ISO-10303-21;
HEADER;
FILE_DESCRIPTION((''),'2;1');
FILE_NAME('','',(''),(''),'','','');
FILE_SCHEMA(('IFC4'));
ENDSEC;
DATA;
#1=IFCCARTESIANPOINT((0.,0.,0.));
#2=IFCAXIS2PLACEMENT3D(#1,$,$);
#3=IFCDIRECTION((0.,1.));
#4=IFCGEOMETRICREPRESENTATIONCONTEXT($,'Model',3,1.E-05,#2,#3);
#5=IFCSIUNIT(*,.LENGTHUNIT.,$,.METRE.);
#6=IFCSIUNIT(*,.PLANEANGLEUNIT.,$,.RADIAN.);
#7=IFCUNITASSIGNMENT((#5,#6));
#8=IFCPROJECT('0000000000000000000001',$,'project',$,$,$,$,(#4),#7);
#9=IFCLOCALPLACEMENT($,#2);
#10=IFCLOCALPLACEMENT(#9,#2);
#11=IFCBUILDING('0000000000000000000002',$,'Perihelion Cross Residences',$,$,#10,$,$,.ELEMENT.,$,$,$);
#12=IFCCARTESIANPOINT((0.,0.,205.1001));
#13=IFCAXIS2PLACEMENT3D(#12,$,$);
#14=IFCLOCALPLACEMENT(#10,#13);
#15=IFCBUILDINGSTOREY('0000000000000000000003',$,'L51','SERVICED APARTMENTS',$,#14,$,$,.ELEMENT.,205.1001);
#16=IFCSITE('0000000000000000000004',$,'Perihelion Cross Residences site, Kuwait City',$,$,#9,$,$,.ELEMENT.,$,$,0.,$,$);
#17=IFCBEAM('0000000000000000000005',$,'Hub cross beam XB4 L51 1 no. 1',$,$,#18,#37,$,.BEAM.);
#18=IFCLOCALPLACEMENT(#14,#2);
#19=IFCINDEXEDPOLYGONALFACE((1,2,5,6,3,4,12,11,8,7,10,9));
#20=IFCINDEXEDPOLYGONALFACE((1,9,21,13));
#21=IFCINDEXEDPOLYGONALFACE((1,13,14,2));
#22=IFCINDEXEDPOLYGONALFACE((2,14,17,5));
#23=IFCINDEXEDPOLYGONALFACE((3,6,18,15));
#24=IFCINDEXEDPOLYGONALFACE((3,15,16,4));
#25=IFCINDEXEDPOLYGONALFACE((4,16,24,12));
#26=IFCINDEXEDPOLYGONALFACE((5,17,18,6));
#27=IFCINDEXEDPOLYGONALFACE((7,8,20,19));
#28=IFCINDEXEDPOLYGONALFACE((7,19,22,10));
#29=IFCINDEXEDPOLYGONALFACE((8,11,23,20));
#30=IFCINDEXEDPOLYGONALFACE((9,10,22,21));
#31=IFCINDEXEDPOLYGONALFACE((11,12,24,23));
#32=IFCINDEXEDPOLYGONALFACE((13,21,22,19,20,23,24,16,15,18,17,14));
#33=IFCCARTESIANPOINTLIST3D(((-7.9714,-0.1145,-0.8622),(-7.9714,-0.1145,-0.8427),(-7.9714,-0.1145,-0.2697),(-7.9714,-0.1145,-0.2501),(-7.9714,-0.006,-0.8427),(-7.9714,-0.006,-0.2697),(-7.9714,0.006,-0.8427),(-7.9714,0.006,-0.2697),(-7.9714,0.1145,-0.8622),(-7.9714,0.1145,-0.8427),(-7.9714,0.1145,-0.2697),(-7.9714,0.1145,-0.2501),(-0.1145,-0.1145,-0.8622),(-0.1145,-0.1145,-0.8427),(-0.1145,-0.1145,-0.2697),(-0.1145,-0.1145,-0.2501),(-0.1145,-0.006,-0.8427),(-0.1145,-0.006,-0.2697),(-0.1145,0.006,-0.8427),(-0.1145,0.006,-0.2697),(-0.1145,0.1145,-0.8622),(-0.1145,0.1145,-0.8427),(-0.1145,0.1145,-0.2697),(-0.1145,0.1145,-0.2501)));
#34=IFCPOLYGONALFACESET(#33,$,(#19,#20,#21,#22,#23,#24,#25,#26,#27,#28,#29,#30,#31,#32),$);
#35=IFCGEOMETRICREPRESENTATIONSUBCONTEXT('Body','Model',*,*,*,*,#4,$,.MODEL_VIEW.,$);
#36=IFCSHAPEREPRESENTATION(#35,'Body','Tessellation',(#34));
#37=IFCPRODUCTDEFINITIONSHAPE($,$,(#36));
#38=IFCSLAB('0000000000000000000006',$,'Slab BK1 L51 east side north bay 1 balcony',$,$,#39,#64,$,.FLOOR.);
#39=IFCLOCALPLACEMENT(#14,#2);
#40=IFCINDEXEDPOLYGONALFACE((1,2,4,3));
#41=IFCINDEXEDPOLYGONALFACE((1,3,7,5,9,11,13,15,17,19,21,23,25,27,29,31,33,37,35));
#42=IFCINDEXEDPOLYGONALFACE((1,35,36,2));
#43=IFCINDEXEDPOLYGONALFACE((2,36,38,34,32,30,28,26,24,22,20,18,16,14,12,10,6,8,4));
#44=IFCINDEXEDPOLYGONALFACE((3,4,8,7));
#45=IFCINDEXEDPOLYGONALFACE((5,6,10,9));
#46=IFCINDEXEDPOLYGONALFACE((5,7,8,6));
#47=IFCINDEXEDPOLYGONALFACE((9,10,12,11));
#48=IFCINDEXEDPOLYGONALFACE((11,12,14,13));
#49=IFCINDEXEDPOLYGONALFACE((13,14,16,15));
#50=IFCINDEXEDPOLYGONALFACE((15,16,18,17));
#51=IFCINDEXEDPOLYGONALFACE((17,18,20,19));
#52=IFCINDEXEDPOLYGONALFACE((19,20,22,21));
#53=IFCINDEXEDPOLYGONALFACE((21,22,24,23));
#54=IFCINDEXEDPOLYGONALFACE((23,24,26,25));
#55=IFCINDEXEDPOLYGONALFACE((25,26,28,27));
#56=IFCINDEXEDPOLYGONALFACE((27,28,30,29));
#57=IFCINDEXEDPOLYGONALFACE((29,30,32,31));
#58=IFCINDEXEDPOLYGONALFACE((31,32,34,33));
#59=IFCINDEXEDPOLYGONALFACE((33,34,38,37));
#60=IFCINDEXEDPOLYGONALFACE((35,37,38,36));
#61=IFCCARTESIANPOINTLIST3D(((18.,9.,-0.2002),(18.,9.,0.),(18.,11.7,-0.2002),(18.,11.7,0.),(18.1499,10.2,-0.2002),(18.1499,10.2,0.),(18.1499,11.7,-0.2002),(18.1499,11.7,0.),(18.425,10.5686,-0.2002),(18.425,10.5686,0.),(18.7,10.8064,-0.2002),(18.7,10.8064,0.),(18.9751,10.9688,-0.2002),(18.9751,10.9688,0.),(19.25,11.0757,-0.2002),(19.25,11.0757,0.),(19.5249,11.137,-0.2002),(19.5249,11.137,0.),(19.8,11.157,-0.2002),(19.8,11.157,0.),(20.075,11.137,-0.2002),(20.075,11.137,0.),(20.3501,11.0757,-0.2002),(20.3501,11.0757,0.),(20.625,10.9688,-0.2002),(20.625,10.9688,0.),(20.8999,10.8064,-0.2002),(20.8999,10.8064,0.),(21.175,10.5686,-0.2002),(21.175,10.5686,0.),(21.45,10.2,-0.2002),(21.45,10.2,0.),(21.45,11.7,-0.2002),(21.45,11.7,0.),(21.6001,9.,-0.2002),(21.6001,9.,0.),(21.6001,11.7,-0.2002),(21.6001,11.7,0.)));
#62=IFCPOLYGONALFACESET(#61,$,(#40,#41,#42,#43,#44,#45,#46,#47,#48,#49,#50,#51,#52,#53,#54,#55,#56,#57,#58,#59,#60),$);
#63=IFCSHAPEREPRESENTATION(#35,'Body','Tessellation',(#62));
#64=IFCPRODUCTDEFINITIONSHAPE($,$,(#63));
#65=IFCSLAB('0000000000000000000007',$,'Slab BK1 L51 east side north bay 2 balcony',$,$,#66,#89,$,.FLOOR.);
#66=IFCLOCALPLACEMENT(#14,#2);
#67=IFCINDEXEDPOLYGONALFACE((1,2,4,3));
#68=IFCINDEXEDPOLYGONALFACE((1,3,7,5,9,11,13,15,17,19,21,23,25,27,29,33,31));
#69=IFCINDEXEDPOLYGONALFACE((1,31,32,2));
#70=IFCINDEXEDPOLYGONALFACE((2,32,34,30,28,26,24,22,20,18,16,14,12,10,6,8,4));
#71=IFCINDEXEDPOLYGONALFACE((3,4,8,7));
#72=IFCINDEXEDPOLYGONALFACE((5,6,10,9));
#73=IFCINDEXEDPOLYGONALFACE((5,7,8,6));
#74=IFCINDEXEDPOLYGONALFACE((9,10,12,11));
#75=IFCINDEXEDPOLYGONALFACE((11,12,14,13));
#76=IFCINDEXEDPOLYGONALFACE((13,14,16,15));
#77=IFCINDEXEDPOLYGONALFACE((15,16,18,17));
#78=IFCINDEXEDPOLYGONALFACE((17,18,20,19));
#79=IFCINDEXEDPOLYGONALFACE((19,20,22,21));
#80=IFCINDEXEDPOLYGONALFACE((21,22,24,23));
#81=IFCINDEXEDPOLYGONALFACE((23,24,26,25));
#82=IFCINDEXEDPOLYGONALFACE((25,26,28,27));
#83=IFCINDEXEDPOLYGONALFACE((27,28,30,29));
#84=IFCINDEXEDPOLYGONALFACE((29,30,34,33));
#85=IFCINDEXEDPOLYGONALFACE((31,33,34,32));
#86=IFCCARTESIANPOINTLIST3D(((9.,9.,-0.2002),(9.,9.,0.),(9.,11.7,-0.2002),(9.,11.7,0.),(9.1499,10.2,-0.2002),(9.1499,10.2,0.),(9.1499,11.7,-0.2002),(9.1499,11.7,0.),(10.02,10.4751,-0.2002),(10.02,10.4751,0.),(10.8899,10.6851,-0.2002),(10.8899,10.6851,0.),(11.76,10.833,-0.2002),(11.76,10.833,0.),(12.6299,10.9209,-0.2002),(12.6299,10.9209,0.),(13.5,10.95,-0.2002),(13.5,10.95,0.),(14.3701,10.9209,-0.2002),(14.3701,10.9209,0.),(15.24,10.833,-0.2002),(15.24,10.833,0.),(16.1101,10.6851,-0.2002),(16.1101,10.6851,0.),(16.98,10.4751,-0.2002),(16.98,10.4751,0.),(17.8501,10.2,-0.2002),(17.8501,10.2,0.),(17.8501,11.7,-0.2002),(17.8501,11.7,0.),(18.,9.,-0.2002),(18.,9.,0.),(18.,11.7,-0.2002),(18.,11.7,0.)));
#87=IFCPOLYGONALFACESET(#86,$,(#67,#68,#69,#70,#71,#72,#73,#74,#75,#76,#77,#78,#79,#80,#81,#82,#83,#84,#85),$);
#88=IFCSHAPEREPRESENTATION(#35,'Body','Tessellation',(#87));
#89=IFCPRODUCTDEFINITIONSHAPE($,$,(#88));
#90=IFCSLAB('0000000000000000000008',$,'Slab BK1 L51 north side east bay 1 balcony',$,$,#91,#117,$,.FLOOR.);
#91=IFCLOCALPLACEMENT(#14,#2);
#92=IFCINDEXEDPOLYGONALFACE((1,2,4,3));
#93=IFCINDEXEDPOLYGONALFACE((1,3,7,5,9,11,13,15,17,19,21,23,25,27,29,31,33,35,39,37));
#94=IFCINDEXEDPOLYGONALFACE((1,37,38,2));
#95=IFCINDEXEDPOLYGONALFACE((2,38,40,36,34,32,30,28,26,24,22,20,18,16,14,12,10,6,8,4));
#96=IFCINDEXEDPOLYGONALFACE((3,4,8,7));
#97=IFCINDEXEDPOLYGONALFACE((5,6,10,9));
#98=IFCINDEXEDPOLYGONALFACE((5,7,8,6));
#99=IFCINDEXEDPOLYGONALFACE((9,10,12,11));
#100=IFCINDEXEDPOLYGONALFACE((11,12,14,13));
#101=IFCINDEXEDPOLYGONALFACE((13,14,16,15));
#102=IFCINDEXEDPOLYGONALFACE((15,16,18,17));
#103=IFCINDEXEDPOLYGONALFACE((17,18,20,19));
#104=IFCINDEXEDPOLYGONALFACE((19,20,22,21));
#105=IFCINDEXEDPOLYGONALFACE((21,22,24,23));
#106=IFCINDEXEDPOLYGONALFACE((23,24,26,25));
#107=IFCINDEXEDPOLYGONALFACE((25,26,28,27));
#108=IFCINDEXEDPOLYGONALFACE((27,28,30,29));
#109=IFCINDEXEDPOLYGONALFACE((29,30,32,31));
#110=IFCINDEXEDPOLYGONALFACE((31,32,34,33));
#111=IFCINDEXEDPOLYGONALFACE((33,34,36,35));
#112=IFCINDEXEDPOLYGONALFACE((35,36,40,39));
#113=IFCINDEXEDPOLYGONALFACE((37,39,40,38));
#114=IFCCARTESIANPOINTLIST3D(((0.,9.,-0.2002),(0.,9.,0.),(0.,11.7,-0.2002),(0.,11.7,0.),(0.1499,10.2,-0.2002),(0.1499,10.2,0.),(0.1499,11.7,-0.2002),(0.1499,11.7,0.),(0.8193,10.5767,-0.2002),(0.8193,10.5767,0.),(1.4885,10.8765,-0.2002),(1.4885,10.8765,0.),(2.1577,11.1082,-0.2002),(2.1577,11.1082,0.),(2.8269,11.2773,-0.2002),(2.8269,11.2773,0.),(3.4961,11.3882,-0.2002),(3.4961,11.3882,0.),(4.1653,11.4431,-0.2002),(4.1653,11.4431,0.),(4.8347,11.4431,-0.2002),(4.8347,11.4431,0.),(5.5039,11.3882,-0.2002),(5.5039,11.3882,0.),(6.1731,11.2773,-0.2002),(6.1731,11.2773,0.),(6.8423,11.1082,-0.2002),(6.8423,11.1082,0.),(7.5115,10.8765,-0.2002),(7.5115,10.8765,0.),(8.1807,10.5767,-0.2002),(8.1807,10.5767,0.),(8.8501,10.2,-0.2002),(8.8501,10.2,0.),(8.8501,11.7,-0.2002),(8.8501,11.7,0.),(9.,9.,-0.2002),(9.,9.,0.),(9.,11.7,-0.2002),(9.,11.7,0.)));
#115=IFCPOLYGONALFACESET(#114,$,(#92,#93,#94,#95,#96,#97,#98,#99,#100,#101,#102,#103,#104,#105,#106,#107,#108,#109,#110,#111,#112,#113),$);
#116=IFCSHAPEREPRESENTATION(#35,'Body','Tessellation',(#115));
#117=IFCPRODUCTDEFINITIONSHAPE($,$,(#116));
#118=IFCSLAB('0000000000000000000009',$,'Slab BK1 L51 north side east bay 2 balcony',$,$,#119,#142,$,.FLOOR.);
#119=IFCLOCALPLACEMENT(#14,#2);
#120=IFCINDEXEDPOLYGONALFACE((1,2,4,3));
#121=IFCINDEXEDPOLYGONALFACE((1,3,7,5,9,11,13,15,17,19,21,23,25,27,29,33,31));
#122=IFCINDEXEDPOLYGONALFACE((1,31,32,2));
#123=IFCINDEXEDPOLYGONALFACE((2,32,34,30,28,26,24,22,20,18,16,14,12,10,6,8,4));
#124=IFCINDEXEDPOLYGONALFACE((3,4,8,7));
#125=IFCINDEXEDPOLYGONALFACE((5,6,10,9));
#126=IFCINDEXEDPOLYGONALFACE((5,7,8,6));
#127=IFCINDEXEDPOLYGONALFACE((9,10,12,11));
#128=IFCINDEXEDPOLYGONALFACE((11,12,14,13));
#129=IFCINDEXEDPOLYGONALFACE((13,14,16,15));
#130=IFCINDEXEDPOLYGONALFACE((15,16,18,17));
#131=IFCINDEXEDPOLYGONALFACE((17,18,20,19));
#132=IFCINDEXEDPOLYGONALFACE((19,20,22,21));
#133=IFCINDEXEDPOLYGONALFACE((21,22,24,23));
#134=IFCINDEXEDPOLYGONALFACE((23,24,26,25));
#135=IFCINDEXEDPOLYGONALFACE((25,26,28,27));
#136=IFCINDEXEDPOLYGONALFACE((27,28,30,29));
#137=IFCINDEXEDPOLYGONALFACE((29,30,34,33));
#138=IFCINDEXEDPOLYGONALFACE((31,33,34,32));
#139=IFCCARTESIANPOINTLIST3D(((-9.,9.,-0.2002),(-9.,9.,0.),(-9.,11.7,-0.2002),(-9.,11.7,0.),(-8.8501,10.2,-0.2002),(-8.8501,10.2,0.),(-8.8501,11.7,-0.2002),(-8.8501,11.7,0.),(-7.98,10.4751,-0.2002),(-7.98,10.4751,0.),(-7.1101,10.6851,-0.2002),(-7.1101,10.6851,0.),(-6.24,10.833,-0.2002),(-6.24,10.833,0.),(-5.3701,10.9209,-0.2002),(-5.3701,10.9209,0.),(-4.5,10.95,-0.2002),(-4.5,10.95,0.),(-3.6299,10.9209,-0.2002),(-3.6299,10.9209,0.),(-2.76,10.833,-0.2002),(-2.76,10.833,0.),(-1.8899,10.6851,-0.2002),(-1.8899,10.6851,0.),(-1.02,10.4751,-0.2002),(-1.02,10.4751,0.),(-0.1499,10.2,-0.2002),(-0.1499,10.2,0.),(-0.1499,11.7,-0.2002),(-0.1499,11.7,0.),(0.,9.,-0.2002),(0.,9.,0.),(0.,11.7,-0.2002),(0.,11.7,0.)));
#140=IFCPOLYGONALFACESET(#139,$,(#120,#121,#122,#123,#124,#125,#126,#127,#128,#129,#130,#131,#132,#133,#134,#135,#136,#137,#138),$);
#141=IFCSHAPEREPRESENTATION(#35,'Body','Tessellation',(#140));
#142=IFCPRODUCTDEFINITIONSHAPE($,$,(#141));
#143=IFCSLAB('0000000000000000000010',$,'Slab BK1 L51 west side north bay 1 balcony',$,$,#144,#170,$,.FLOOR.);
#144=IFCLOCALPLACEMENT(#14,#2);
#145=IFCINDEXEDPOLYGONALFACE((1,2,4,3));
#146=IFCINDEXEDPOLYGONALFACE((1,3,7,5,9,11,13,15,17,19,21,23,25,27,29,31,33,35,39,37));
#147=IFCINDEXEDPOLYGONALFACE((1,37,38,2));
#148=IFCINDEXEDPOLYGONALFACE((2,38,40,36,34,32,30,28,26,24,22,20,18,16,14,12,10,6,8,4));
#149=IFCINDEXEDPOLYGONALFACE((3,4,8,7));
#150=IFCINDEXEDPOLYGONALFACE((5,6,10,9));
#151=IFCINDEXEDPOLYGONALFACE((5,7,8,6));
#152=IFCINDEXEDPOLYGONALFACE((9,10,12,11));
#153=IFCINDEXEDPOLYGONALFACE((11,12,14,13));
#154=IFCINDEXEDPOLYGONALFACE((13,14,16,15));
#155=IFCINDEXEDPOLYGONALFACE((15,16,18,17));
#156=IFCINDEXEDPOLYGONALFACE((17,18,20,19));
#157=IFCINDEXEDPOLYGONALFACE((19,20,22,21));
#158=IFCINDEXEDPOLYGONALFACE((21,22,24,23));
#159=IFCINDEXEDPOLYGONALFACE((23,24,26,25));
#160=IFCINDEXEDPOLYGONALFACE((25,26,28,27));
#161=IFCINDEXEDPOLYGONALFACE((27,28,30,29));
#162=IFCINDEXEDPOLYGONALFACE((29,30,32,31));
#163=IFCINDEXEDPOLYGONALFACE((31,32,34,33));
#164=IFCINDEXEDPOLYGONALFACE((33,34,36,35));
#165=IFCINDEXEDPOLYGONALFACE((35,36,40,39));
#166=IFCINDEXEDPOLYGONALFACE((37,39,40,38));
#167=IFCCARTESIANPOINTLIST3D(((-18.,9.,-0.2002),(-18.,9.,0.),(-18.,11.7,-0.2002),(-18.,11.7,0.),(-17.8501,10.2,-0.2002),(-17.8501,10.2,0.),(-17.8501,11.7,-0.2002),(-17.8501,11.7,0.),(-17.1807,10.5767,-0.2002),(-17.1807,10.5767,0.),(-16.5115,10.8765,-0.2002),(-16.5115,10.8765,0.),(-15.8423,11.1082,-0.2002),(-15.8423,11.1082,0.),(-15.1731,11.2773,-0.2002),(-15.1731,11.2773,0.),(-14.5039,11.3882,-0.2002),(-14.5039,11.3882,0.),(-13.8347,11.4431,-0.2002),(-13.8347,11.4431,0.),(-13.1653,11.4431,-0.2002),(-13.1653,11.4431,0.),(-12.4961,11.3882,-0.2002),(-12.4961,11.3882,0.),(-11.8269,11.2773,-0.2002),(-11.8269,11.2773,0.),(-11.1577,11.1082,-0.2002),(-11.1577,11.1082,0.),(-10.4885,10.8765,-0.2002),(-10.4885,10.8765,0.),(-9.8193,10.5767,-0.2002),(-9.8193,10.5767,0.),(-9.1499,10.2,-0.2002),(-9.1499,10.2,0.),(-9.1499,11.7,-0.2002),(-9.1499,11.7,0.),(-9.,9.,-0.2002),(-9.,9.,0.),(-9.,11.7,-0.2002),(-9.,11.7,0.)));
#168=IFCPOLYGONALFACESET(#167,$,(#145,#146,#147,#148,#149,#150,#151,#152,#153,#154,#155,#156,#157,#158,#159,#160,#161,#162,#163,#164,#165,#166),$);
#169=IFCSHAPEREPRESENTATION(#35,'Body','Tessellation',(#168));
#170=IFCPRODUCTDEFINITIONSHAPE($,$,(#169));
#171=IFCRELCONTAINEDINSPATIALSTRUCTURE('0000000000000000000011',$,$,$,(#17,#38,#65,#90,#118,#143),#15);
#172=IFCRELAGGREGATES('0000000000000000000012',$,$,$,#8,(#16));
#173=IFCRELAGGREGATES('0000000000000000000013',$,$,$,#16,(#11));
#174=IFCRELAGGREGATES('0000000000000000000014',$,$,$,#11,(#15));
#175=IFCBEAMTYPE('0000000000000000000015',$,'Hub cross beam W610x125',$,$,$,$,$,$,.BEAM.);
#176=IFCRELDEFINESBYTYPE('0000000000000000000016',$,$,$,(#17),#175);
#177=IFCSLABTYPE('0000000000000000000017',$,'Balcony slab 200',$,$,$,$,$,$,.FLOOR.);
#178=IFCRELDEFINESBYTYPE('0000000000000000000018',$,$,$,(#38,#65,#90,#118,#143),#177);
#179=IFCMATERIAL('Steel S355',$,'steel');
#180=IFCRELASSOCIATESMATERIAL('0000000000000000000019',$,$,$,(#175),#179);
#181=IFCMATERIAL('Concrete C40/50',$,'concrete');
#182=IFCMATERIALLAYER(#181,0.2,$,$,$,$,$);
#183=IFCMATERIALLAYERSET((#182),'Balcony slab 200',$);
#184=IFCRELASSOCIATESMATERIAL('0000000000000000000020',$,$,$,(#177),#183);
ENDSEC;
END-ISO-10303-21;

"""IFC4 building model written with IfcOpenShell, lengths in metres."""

from ifc_helpers import new_model, si_unit, direction, frame, origin, origin_2d, place, context, subcontext, project, spatial, polyline, i_section, outline, extrude, material, layer, layer_set, material_profile, profile_set, type_object, element, save


model = new_model("IFC4")

# Units and contexts
model_context = context("Model", 3, precision=1e-05, world=origin(), true_north=direction((0.0, 1.0)))
body_context = subcontext(model_context, "Body", "Model", "MODEL_VIEW")
ifc_project = project(units=[si_unit("LENGTHUNIT", "METRE"), si_unit("PLANEANGLEUNIT", "RADIAN")], contexts=[model_context])

# Site, building, storey
site_placement = place(None, origin())
site = spatial("IfcSite", under=ifc_project, at=site_placement, Name="Perihelion Cross Residences site, Kuwait City", CompositionType="ELEMENT", RefElevation=0.0)
building_placement = place(site_placement, origin())
building = spatial("IfcBuilding", under=site, at=building_placement, Name="Perihelion Cross Residences", CompositionType="ELEMENT")
storey_placement = place(building_placement, frame((0.0, 0.0, 205.1001)))
storey = spatial("IfcBuildingStorey", under=building, at=storey_placement, Name="L51", Description="SERVICED APARTMENTS", CompositionType="ELEMENT", Elevation=205.1001)

# Beam
ifc_material_1 = material(Name="Steel S355", Category="steel")
ifc_material_profile = material_profile(ifc_material_1, i_section(OverallWidth=0.229, OverallDepth=0.6121, WebThickness=0.012, FlangeThickness=0.0195, at=origin_2d()), Name="W610x125")
ifc_profile_set = profile_set([ifc_material_profile], Name="Steel S355")
beam_type = type_object("IfcBeamType", Name="Hub cross beam W610x125", PredefinedType="BEAM", material=ifc_profile_set)
beam_placement = place(storey_placement, frame((-7.9714, 0.0, -0.5562), z_axis=(1.0, 0.0, 0.0), x_axis=(0.0, 1.0, 0.0)))
element("IfcBeam", 1, at=beam_placement, inside=storey, type_object=beam_type, Name="Hub cross beam XB4 L51 1 no. 1", PredefinedType="BEAM", context=body_context, shape_type="SweptSolid", body=[
    extrude(i_section(OverallWidth=0.229, OverallDepth=0.6121, WebThickness=0.012, FlangeThickness=0.0195, at=origin_2d()), origin(), (0.0, 0.0, 1.0), 7.8569),
])

# Slabs
ifc_material_2 = material(Name="Concrete C40/50", Category="concrete")
ifc_layer_1 = layer(ifc_material_2, 0.2)
ifc_layer_set_1 = layer_set([ifc_layer_1], Name="Balcony slab 200")
slab_type_1 = type_object("IfcSlabType", Name="Balcony slab 200", PredefinedType="FLOOR", material=ifc_layer_set_1)
slab_1_placement = place(storey_placement, frame((0.0, 0.0, -0.2002)))
element("IfcSlab", 2, at=slab_1_placement, inside=storey, type_object=slab_type_1, Name="Slab BK1 L51 east side north bay 1 balcony", PredefinedType="FLOOR", context=body_context, shape_type="SweptSolid", body=[
    extrude(outline(polyline([(21.6001, 9.0), (18.0, 9.0), (18.0, 11.7), (18.1499, 11.7), (18.1499, 10.2), (18.425, 10.5686), (18.7, 10.8064), (18.9751, 10.9688), (19.25, 11.0757), (19.5249, 11.137), (19.8, 11.157), (20.075, 11.137), (20.3501, 11.0757), (20.625, 10.9688), (20.8999, 10.8064), (21.175, 10.5686), (21.45, 10.2), (21.45, 11.7), (21.6001, 11.7), (21.6001, 9.0)])), origin(), (0.0, 0.0, 1.0), 0.2002),
])
slab_2_placement = place(storey_placement, frame((0.0, 0.0, -0.2002)))
element("IfcSlab", 3, at=slab_2_placement, inside=storey, type_object=slab_type_1, Name="Slab BK1 L51 east side north bay 2 balcony", PredefinedType="FLOOR", context=body_context, shape_type="SweptSolid", body=[
    extrude(outline(polyline([(18.0, 9.0), (9.0, 9.0), (9.0, 11.7), (9.1499, 11.7), (9.1499, 10.2), (10.02, 10.4751), (10.8899, 10.6851), (11.76, 10.833), (12.6299, 10.9209), (13.5, 10.95), (14.3701, 10.9209), (15.24, 10.833), (16.1101, 10.6851), (16.98, 10.4751), (17.8501, 10.2), (17.8501, 11.7), (18.0, 11.7), (18.0, 9.0)])), origin(), (0.0, 0.0, 1.0), 0.2002),
])
slab_3_placement = place(storey_placement, frame((0.0, 0.0, -0.2002)))
element("IfcSlab", 4, at=slab_3_placement, inside=storey, type_object=slab_type_1, Name="Slab BK1 L51 north side east bay 1 balcony", PredefinedType="FLOOR", context=body_context, shape_type="SweptSolid", body=[
    extrude(outline(polyline([(9.0, 9.0), (0.0, 9.0), (0.0, 11.7), (0.1499, 11.7), (0.1499, 10.2), (0.8193, 10.5767), (1.4885, 10.8765), (2.1577, 11.1082), (2.8269, 11.2773), (3.4961, 11.3882), (4.1653, 11.4431), (4.8347, 11.4431), (5.5039, 11.3882), (6.1731, 11.2773), (6.8423, 11.1082), (7.5115, 10.8765), (8.1807, 10.5767), (8.8501, 10.2), (8.8501, 11.7), (9.0, 11.7), (9.0, 9.0)])), origin(), (0.0, 0.0, 1.0), 0.2002),
])
slab_4_placement = place(storey_placement, frame((0.0, 0.0, -0.2002)))
element("IfcSlab", 5, at=slab_4_placement, inside=storey, type_object=slab_type_1, Name="Slab BK1 L51 north side east bay 2 balcony", PredefinedType="FLOOR", context=body_context, shape_type="SweptSolid", body=[
    extrude(outline(polyline([(0.0, 9.0), (-9.0, 9.0), (-9.0, 11.7), (-8.8501, 11.7), (-8.8501, 10.2), (-7.98, 10.4751), (-7.1101, 10.6851), (-6.24, 10.833), (-5.3701, 10.9209), (-4.5, 10.95), (-3.6299, 10.9209), (-2.76, 10.833), (-1.8899, 10.6851), (-1.02, 10.4751), (-0.1499, 10.2), (-0.1499, 11.7), (0.0, 11.7), (0.0, 9.0)])), origin(), (0.0, 0.0, 1.0), 0.2002),
])
slab_5_placement = place(storey_placement, frame((0.0, 0.0, -0.2002)))
element("IfcSlab", 6, at=slab_5_placement, inside=storey, type_object=slab_type_1, Name="Slab BK1 L51 west side north bay 1 balcony", PredefinedType="FLOOR", context=body_context, shape_type="SweptSolid", body=[
    extrude(outline(polyline([(-9.0, 9.0), (-18.0, 9.0), (-18.0, 11.7), (-17.8501, 11.7), (-17.8501, 10.2), (-17.1807, 10.5767), (-16.5115, 10.8765), (-15.8423, 11.1082), (-15.1731, 11.2773), (-14.5039, 11.3882), (-13.8347, 11.4431), (-13.1653, 11.4431), (-12.4961, 11.3882), (-11.8269, 11.2773), (-11.1577, 11.1082), (-10.4885, 10.8765), (-9.8193, 10.5767), (-9.1499, 10.2), (-9.1499, 11.7), (-9.0, 11.7), (-9.0, 9.0)])), origin(), (0.0, 0.0, 1.0), 0.2002),
])

save(model, "model.ifc")
